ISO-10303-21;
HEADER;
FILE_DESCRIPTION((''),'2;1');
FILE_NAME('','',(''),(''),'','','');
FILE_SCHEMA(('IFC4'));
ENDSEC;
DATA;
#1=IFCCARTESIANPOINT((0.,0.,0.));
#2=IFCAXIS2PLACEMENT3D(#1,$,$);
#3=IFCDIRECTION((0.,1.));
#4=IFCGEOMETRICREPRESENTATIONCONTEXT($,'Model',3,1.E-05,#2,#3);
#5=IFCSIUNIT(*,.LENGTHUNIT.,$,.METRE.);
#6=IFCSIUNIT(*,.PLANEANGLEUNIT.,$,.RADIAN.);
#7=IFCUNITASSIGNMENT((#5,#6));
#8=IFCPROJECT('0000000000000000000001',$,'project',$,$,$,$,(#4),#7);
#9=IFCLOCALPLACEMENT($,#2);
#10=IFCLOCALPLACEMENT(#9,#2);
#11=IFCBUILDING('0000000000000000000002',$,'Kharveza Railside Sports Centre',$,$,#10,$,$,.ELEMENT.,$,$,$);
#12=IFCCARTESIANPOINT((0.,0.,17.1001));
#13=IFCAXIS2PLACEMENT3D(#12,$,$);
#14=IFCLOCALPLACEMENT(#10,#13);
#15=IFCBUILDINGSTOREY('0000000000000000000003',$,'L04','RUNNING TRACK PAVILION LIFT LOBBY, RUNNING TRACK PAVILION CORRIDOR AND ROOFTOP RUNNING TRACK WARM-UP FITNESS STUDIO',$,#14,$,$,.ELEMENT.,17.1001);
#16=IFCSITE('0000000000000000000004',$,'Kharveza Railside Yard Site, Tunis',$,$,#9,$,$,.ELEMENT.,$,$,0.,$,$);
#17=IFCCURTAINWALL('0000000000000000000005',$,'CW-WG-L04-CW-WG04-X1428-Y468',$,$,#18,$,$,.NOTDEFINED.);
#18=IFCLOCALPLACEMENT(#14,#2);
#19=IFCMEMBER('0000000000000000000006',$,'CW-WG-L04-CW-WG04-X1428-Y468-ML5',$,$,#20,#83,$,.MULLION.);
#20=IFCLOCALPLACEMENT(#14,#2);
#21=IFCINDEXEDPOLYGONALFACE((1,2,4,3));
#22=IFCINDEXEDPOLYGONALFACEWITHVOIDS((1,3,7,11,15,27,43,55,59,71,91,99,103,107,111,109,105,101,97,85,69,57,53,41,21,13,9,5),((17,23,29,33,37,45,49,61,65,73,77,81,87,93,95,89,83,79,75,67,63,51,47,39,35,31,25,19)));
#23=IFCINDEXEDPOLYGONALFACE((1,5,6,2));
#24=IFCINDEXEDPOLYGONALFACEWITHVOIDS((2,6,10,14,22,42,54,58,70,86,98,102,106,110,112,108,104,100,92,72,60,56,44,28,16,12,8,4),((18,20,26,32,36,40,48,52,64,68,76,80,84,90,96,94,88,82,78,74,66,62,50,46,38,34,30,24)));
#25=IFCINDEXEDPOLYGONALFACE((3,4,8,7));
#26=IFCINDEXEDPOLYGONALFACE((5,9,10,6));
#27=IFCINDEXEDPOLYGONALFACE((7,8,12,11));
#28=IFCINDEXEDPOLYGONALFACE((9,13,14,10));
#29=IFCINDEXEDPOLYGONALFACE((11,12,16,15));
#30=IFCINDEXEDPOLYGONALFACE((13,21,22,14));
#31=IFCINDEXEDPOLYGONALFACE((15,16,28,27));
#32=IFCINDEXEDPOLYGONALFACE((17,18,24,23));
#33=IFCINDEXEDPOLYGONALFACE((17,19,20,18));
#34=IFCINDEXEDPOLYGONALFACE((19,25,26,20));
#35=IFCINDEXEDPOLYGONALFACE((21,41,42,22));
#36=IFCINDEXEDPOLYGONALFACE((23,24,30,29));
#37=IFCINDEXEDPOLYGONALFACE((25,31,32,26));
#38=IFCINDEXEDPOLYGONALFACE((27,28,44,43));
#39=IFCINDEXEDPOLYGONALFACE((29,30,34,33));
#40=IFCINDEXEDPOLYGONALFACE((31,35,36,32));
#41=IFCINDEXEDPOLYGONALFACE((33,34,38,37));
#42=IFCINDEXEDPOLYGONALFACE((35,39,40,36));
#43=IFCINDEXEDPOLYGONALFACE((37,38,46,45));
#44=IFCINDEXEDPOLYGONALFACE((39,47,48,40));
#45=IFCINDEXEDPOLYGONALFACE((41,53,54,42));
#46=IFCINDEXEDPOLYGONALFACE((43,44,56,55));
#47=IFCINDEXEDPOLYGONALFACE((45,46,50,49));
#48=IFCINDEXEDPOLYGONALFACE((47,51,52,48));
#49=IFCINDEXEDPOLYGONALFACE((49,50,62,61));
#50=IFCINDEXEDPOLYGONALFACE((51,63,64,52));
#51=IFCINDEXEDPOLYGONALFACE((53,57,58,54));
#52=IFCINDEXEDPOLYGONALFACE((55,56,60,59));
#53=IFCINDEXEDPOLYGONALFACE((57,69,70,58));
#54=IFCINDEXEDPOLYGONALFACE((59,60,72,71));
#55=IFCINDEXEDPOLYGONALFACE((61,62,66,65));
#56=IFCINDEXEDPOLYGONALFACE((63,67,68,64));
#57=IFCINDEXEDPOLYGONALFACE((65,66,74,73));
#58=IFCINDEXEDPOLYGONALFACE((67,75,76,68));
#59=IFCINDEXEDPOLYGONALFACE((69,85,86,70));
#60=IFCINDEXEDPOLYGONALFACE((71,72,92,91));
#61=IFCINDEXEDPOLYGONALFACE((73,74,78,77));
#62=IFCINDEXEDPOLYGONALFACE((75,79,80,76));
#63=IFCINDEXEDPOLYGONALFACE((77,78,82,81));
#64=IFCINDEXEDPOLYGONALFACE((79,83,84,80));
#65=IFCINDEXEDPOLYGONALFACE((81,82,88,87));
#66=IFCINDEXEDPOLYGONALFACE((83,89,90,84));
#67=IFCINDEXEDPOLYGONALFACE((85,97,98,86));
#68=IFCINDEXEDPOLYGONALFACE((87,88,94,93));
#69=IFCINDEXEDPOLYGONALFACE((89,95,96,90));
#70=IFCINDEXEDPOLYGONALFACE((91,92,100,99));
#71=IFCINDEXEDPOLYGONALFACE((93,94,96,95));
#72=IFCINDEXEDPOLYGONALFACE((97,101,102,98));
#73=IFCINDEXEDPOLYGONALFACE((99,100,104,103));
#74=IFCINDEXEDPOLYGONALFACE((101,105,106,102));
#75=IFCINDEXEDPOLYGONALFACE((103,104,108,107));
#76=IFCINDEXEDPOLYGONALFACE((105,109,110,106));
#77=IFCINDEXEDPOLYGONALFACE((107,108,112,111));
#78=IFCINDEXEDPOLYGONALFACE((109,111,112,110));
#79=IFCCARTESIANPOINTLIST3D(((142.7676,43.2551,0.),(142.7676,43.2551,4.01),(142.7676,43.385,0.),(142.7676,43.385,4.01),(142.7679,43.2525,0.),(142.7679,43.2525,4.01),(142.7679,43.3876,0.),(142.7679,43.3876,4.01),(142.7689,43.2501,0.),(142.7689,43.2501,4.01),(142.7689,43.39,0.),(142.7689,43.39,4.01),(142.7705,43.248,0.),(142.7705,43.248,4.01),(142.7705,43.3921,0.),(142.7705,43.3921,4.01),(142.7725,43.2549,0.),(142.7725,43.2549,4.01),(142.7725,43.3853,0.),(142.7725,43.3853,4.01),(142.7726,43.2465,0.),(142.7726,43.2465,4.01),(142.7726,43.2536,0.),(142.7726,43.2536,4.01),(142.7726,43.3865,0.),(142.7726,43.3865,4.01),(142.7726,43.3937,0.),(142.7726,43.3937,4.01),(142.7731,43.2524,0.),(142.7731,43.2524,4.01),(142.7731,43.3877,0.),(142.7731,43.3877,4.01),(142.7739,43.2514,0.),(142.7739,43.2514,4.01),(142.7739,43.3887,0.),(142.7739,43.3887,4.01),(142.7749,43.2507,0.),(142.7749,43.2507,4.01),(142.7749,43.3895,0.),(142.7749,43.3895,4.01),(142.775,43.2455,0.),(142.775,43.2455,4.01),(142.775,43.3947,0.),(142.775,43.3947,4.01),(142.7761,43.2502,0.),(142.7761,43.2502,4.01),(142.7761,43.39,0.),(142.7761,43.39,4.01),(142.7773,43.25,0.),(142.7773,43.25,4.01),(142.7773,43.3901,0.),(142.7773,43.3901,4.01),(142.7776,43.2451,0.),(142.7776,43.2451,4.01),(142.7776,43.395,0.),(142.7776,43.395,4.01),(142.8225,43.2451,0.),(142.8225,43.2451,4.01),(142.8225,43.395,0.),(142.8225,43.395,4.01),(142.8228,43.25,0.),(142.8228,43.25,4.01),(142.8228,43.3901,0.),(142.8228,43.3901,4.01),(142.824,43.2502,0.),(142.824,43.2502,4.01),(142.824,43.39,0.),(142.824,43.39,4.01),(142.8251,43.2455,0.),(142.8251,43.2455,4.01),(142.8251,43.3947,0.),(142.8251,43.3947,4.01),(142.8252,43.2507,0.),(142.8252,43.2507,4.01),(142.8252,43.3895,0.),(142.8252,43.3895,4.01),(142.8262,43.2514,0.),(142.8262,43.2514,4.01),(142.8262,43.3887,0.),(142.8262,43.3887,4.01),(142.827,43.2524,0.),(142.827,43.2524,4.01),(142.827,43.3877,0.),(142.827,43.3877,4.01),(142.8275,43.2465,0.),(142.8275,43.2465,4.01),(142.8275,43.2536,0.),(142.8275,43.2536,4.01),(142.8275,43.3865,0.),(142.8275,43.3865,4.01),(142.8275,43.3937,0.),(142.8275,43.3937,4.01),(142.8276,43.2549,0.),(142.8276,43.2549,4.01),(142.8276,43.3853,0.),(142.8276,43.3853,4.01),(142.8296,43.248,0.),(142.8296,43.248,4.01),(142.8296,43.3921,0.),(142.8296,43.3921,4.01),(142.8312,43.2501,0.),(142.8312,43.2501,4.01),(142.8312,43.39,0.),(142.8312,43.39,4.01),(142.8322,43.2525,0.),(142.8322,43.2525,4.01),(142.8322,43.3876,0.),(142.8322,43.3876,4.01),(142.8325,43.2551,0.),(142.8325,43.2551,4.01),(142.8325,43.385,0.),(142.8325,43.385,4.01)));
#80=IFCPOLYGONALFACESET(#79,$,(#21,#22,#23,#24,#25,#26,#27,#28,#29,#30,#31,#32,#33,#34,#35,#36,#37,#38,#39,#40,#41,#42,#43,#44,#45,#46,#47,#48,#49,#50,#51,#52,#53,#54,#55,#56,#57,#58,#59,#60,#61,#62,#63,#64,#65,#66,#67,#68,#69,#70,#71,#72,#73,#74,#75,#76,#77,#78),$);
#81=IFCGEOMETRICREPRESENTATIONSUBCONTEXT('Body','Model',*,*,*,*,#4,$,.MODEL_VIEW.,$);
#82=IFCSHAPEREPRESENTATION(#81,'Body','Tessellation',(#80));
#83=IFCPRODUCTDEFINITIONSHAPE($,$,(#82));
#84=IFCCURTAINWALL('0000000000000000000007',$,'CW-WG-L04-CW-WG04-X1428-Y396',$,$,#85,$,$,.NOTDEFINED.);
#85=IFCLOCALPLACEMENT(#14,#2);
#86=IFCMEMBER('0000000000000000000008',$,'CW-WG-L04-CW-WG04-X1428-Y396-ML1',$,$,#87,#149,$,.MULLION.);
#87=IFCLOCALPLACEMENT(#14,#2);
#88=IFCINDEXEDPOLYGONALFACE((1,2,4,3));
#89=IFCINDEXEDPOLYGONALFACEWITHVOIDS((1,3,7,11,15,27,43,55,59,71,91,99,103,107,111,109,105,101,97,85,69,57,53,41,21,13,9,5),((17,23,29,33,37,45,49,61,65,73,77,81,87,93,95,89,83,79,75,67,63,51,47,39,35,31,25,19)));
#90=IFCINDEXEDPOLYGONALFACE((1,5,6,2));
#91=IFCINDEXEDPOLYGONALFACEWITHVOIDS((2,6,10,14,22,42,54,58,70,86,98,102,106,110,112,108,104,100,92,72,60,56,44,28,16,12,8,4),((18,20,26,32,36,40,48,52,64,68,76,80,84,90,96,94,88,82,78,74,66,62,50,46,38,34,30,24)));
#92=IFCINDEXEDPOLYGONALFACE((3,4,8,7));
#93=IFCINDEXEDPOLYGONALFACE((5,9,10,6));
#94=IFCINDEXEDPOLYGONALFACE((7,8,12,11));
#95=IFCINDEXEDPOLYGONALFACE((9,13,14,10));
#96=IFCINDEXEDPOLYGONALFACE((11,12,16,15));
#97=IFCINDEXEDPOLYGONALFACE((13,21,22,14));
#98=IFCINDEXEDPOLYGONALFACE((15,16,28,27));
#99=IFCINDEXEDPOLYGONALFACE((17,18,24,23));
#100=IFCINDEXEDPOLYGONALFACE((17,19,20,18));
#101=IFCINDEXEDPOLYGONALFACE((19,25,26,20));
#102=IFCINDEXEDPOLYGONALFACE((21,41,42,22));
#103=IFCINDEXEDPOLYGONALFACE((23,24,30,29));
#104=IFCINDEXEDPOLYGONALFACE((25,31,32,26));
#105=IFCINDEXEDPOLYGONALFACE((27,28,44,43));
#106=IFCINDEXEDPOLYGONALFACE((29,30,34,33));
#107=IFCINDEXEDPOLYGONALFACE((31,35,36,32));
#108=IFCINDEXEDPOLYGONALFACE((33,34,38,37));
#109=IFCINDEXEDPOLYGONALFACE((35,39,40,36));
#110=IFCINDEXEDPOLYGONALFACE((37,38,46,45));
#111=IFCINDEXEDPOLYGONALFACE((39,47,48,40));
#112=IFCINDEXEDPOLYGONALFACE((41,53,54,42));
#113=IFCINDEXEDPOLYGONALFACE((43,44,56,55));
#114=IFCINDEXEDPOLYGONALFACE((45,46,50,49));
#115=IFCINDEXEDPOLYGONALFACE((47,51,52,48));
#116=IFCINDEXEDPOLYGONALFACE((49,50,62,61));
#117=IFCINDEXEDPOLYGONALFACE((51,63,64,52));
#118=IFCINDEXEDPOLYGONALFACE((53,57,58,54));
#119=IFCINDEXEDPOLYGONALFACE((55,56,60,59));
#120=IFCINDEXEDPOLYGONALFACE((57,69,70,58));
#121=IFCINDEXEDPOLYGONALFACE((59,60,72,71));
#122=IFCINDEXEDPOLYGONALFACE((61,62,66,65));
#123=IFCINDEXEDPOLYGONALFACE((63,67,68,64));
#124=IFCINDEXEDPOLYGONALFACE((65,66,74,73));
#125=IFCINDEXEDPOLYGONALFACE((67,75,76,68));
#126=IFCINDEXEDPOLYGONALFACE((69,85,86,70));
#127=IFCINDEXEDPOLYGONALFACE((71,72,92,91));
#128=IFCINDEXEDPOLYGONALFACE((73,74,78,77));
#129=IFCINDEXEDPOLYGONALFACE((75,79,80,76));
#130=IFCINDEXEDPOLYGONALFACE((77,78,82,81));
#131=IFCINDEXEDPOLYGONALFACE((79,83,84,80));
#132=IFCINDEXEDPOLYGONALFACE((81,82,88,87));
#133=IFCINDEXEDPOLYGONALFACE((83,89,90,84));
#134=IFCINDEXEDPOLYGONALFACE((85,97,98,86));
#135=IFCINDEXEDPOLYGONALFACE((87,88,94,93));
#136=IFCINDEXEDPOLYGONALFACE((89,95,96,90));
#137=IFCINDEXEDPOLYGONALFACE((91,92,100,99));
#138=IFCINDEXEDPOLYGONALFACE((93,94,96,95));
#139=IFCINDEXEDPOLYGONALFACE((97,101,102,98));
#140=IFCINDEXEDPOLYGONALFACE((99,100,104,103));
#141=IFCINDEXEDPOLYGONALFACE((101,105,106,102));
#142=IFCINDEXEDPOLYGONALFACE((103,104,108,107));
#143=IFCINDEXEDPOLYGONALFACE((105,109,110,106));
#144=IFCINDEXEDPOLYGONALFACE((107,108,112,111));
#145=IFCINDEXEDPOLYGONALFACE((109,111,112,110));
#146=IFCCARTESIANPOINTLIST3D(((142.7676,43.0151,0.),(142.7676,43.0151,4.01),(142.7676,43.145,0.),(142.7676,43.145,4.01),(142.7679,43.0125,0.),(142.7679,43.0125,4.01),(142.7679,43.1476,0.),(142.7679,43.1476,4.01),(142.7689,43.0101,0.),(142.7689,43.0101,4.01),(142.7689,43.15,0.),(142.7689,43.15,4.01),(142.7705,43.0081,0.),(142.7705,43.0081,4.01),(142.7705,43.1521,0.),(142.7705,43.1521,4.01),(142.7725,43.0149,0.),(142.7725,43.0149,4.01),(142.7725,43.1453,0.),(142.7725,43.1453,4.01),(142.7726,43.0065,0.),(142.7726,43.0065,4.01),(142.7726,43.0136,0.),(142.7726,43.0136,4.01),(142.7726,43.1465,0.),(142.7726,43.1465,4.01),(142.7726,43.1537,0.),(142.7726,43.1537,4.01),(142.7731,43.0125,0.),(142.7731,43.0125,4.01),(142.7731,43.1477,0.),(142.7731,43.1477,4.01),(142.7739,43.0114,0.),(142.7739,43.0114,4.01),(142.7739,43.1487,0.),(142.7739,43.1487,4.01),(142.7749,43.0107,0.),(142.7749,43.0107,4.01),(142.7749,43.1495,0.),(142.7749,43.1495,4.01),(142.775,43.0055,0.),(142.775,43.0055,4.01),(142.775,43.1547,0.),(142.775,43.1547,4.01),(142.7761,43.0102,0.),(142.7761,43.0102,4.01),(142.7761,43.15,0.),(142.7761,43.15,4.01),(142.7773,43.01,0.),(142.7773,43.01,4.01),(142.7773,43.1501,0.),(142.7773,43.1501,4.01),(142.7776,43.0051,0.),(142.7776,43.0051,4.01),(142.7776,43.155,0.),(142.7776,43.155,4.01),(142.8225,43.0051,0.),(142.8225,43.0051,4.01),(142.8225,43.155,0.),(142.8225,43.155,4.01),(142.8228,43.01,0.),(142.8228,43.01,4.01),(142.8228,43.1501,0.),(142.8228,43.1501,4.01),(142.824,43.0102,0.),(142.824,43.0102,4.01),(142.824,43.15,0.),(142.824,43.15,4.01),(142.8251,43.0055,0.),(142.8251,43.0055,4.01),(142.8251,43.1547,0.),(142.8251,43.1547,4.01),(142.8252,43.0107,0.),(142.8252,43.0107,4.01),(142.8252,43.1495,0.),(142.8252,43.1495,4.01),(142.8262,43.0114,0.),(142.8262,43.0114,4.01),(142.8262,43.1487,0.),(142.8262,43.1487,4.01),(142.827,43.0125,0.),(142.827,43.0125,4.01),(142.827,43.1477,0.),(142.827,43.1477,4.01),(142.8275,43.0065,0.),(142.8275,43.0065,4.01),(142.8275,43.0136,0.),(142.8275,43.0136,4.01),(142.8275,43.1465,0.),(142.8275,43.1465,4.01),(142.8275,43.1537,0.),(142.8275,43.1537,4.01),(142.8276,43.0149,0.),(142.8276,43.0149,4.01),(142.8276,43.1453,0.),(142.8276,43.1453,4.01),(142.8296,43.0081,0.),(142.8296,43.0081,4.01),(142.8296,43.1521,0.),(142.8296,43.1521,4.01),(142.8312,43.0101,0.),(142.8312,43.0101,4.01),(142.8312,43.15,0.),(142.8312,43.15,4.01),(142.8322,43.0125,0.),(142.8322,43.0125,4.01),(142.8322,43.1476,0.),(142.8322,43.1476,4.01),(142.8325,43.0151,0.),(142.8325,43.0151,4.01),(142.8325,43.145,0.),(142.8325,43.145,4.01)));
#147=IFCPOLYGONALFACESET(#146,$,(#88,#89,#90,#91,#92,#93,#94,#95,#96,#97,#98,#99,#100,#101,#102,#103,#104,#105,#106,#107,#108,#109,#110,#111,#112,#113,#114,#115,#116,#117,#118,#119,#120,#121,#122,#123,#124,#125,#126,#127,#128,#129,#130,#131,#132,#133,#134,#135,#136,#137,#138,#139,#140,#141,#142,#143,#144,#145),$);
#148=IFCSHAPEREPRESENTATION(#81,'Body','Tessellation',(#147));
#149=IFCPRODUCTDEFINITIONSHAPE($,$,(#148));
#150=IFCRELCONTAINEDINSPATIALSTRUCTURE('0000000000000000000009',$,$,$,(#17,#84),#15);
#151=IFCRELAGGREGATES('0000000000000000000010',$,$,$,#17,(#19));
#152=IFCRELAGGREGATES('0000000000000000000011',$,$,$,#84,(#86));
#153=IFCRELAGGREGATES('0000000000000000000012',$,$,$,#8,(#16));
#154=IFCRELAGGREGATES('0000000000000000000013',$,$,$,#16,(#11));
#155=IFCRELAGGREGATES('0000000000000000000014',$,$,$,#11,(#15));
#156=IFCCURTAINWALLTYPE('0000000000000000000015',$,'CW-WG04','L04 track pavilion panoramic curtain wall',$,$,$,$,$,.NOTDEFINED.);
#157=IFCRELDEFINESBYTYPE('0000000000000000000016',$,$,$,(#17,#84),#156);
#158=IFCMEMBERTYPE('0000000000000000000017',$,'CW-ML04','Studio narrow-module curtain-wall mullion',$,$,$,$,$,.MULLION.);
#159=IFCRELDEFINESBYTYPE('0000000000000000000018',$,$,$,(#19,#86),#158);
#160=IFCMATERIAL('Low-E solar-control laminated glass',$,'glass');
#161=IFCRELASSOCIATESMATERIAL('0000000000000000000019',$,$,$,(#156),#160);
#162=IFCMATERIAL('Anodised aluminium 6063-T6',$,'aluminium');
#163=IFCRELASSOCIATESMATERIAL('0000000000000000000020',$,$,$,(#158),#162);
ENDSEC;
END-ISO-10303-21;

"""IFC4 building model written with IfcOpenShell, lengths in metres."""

from ifc_helpers import new_model, si_unit, direction, frame, origin, origin_2d, place, context, subcontext, project, spatial, hollow_rectangle, extrude, material, material_profile, profile_set, type_object, element, aggregate, save


model = new_model("IFC4")

# Units and contexts
model_context = context("Model", 3, precision=1e-05, world=origin(), true_north=direction((0.0, 1.0)))
body_context = subcontext(model_context, "Body", "Model", "MODEL_VIEW")
ifc_project = project(units=[si_unit("LENGTHUNIT", "METRE"), si_unit("PLANEANGLEUNIT", "RADIAN")], contexts=[model_context])

# Site, building, storey
site_placement = place(None, origin())
site = spatial("IfcSite", under=ifc_project, at=site_placement, Name="Kharveza Railside Yard Site, Tunis", CompositionType="ELEMENT", RefElevation=0.0)
building_placement = place(site_placement, origin())
building = spatial("IfcBuilding", under=site, at=building_placement, Name="Kharveza Railside Sports Centre", CompositionType="ELEMENT")
storey_placement = place(building_placement, frame((0.0, 0.0, 17.1001)))
storey = spatial("IfcBuildingStorey", under=building, at=storey_placement, Name="L04", Description="RUNNING TRACK PAVILION LIFT LOBBY, RUNNING TRACK PAVILION CORRIDOR AND ROOFTOP RUNNING TRACK WARM-UP FITNESS STUDIO", CompositionType="ELEMENT", Elevation=17.1001)

# Curtain walls, members
ifc_material_1 = material(Name="Low-E solar-control laminated glass", Category="glass")
curtain_wall_type = type_object("IfcCurtainWallType", Name="CW-WG04", Description="L04 track pavilion panoramic curtain wall", PredefinedType="NOTDEFINED", material=ifc_material_1)
curtain_wall_1_placement = place(storey_placement, origin())
curtain_wall_1 = element("IfcCurtainWall", 1, at=curtain_wall_1_placement, inside=storey, type_object=curtain_wall_type, Name="CW-WG-L04-CW-WG04-X1428-Y468", PredefinedType="NOTDEFINED")
ifc_material_2 = material(Name="Anodised aluminium 6063-T6", Category="aluminium")
ifc_material_profile_1 = material_profile(ifc_material_2, hollow_rectangle(XDim=0.0649, YDim=0.1499, WallThickness=0.0049, InnerFilletRadius=0.0049, OuterFilletRadius=0.01, at=origin_2d()), Name="RHS 65x150x5.0")
ifc_profile_set_1 = profile_set([ifc_material_profile_1], Name="Anodised aluminium 6063-T6")
member_type_1 = type_object("IfcMemberType", Name="CW-ML04", Description="Studio narrow-module curtain-wall mullion", PredefinedType="MULLION", material=ifc_profile_set_1)
member_1_placement = place(storey_placement, frame((142.8, 43.3201, 0.0), z_axis=(0.0, 0.0, 1.0), x_axis=(1.0, 0.0, 0.0)))
member_1 = element("IfcMember", 2, at=member_1_placement, type_object=member_type_1, Name="CW-WG-L04-CW-WG04-X1428-Y468-ML5", PredefinedType="MULLION", context=body_context, shape_type="SweptSolid", body=[
    extrude(hollow_rectangle(XDim=0.0649, YDim=0.1499, WallThickness=0.0049, InnerFilletRadius=0.0049, OuterFilletRadius=0.01, at=origin_2d()), origin(), (0.0, 0.0, 1.0), 4.01),
])
curtain_wall_2_placement = place(storey_placement, origin())
curtain_wall_2 = element("IfcCurtainWall", 3, at=curtain_wall_2_placement, inside=storey, type_object=curtain_wall_type, Name="CW-WG-L04-CW-WG04-X1428-Y396", PredefinedType="NOTDEFINED")
member_2_placement = place(storey_placement, frame((142.8, 43.0801, 0.0), z_axis=(0.0, 0.0, 1.0), x_axis=(1.0, 0.0, 0.0)))
member_2 = element("IfcMember", 4, at=member_2_placement, type_object=member_type_1, Name="CW-WG-L04-CW-WG04-X1428-Y396-ML1", PredefinedType="MULLION", context=body_context, shape_type="SweptSolid", body=[
    extrude(hollow_rectangle(XDim=0.0649, YDim=0.1499, WallThickness=0.0049, InnerFilletRadius=0.0049, OuterFilletRadius=0.01, at=origin_2d()), origin(), (0.0, 0.0, 1.0), 4.01),
])

aggregate(curtain_wall_1, [member_1])
aggregate(curtain_wall_2, [member_2])

save(model, "model.ifc")
